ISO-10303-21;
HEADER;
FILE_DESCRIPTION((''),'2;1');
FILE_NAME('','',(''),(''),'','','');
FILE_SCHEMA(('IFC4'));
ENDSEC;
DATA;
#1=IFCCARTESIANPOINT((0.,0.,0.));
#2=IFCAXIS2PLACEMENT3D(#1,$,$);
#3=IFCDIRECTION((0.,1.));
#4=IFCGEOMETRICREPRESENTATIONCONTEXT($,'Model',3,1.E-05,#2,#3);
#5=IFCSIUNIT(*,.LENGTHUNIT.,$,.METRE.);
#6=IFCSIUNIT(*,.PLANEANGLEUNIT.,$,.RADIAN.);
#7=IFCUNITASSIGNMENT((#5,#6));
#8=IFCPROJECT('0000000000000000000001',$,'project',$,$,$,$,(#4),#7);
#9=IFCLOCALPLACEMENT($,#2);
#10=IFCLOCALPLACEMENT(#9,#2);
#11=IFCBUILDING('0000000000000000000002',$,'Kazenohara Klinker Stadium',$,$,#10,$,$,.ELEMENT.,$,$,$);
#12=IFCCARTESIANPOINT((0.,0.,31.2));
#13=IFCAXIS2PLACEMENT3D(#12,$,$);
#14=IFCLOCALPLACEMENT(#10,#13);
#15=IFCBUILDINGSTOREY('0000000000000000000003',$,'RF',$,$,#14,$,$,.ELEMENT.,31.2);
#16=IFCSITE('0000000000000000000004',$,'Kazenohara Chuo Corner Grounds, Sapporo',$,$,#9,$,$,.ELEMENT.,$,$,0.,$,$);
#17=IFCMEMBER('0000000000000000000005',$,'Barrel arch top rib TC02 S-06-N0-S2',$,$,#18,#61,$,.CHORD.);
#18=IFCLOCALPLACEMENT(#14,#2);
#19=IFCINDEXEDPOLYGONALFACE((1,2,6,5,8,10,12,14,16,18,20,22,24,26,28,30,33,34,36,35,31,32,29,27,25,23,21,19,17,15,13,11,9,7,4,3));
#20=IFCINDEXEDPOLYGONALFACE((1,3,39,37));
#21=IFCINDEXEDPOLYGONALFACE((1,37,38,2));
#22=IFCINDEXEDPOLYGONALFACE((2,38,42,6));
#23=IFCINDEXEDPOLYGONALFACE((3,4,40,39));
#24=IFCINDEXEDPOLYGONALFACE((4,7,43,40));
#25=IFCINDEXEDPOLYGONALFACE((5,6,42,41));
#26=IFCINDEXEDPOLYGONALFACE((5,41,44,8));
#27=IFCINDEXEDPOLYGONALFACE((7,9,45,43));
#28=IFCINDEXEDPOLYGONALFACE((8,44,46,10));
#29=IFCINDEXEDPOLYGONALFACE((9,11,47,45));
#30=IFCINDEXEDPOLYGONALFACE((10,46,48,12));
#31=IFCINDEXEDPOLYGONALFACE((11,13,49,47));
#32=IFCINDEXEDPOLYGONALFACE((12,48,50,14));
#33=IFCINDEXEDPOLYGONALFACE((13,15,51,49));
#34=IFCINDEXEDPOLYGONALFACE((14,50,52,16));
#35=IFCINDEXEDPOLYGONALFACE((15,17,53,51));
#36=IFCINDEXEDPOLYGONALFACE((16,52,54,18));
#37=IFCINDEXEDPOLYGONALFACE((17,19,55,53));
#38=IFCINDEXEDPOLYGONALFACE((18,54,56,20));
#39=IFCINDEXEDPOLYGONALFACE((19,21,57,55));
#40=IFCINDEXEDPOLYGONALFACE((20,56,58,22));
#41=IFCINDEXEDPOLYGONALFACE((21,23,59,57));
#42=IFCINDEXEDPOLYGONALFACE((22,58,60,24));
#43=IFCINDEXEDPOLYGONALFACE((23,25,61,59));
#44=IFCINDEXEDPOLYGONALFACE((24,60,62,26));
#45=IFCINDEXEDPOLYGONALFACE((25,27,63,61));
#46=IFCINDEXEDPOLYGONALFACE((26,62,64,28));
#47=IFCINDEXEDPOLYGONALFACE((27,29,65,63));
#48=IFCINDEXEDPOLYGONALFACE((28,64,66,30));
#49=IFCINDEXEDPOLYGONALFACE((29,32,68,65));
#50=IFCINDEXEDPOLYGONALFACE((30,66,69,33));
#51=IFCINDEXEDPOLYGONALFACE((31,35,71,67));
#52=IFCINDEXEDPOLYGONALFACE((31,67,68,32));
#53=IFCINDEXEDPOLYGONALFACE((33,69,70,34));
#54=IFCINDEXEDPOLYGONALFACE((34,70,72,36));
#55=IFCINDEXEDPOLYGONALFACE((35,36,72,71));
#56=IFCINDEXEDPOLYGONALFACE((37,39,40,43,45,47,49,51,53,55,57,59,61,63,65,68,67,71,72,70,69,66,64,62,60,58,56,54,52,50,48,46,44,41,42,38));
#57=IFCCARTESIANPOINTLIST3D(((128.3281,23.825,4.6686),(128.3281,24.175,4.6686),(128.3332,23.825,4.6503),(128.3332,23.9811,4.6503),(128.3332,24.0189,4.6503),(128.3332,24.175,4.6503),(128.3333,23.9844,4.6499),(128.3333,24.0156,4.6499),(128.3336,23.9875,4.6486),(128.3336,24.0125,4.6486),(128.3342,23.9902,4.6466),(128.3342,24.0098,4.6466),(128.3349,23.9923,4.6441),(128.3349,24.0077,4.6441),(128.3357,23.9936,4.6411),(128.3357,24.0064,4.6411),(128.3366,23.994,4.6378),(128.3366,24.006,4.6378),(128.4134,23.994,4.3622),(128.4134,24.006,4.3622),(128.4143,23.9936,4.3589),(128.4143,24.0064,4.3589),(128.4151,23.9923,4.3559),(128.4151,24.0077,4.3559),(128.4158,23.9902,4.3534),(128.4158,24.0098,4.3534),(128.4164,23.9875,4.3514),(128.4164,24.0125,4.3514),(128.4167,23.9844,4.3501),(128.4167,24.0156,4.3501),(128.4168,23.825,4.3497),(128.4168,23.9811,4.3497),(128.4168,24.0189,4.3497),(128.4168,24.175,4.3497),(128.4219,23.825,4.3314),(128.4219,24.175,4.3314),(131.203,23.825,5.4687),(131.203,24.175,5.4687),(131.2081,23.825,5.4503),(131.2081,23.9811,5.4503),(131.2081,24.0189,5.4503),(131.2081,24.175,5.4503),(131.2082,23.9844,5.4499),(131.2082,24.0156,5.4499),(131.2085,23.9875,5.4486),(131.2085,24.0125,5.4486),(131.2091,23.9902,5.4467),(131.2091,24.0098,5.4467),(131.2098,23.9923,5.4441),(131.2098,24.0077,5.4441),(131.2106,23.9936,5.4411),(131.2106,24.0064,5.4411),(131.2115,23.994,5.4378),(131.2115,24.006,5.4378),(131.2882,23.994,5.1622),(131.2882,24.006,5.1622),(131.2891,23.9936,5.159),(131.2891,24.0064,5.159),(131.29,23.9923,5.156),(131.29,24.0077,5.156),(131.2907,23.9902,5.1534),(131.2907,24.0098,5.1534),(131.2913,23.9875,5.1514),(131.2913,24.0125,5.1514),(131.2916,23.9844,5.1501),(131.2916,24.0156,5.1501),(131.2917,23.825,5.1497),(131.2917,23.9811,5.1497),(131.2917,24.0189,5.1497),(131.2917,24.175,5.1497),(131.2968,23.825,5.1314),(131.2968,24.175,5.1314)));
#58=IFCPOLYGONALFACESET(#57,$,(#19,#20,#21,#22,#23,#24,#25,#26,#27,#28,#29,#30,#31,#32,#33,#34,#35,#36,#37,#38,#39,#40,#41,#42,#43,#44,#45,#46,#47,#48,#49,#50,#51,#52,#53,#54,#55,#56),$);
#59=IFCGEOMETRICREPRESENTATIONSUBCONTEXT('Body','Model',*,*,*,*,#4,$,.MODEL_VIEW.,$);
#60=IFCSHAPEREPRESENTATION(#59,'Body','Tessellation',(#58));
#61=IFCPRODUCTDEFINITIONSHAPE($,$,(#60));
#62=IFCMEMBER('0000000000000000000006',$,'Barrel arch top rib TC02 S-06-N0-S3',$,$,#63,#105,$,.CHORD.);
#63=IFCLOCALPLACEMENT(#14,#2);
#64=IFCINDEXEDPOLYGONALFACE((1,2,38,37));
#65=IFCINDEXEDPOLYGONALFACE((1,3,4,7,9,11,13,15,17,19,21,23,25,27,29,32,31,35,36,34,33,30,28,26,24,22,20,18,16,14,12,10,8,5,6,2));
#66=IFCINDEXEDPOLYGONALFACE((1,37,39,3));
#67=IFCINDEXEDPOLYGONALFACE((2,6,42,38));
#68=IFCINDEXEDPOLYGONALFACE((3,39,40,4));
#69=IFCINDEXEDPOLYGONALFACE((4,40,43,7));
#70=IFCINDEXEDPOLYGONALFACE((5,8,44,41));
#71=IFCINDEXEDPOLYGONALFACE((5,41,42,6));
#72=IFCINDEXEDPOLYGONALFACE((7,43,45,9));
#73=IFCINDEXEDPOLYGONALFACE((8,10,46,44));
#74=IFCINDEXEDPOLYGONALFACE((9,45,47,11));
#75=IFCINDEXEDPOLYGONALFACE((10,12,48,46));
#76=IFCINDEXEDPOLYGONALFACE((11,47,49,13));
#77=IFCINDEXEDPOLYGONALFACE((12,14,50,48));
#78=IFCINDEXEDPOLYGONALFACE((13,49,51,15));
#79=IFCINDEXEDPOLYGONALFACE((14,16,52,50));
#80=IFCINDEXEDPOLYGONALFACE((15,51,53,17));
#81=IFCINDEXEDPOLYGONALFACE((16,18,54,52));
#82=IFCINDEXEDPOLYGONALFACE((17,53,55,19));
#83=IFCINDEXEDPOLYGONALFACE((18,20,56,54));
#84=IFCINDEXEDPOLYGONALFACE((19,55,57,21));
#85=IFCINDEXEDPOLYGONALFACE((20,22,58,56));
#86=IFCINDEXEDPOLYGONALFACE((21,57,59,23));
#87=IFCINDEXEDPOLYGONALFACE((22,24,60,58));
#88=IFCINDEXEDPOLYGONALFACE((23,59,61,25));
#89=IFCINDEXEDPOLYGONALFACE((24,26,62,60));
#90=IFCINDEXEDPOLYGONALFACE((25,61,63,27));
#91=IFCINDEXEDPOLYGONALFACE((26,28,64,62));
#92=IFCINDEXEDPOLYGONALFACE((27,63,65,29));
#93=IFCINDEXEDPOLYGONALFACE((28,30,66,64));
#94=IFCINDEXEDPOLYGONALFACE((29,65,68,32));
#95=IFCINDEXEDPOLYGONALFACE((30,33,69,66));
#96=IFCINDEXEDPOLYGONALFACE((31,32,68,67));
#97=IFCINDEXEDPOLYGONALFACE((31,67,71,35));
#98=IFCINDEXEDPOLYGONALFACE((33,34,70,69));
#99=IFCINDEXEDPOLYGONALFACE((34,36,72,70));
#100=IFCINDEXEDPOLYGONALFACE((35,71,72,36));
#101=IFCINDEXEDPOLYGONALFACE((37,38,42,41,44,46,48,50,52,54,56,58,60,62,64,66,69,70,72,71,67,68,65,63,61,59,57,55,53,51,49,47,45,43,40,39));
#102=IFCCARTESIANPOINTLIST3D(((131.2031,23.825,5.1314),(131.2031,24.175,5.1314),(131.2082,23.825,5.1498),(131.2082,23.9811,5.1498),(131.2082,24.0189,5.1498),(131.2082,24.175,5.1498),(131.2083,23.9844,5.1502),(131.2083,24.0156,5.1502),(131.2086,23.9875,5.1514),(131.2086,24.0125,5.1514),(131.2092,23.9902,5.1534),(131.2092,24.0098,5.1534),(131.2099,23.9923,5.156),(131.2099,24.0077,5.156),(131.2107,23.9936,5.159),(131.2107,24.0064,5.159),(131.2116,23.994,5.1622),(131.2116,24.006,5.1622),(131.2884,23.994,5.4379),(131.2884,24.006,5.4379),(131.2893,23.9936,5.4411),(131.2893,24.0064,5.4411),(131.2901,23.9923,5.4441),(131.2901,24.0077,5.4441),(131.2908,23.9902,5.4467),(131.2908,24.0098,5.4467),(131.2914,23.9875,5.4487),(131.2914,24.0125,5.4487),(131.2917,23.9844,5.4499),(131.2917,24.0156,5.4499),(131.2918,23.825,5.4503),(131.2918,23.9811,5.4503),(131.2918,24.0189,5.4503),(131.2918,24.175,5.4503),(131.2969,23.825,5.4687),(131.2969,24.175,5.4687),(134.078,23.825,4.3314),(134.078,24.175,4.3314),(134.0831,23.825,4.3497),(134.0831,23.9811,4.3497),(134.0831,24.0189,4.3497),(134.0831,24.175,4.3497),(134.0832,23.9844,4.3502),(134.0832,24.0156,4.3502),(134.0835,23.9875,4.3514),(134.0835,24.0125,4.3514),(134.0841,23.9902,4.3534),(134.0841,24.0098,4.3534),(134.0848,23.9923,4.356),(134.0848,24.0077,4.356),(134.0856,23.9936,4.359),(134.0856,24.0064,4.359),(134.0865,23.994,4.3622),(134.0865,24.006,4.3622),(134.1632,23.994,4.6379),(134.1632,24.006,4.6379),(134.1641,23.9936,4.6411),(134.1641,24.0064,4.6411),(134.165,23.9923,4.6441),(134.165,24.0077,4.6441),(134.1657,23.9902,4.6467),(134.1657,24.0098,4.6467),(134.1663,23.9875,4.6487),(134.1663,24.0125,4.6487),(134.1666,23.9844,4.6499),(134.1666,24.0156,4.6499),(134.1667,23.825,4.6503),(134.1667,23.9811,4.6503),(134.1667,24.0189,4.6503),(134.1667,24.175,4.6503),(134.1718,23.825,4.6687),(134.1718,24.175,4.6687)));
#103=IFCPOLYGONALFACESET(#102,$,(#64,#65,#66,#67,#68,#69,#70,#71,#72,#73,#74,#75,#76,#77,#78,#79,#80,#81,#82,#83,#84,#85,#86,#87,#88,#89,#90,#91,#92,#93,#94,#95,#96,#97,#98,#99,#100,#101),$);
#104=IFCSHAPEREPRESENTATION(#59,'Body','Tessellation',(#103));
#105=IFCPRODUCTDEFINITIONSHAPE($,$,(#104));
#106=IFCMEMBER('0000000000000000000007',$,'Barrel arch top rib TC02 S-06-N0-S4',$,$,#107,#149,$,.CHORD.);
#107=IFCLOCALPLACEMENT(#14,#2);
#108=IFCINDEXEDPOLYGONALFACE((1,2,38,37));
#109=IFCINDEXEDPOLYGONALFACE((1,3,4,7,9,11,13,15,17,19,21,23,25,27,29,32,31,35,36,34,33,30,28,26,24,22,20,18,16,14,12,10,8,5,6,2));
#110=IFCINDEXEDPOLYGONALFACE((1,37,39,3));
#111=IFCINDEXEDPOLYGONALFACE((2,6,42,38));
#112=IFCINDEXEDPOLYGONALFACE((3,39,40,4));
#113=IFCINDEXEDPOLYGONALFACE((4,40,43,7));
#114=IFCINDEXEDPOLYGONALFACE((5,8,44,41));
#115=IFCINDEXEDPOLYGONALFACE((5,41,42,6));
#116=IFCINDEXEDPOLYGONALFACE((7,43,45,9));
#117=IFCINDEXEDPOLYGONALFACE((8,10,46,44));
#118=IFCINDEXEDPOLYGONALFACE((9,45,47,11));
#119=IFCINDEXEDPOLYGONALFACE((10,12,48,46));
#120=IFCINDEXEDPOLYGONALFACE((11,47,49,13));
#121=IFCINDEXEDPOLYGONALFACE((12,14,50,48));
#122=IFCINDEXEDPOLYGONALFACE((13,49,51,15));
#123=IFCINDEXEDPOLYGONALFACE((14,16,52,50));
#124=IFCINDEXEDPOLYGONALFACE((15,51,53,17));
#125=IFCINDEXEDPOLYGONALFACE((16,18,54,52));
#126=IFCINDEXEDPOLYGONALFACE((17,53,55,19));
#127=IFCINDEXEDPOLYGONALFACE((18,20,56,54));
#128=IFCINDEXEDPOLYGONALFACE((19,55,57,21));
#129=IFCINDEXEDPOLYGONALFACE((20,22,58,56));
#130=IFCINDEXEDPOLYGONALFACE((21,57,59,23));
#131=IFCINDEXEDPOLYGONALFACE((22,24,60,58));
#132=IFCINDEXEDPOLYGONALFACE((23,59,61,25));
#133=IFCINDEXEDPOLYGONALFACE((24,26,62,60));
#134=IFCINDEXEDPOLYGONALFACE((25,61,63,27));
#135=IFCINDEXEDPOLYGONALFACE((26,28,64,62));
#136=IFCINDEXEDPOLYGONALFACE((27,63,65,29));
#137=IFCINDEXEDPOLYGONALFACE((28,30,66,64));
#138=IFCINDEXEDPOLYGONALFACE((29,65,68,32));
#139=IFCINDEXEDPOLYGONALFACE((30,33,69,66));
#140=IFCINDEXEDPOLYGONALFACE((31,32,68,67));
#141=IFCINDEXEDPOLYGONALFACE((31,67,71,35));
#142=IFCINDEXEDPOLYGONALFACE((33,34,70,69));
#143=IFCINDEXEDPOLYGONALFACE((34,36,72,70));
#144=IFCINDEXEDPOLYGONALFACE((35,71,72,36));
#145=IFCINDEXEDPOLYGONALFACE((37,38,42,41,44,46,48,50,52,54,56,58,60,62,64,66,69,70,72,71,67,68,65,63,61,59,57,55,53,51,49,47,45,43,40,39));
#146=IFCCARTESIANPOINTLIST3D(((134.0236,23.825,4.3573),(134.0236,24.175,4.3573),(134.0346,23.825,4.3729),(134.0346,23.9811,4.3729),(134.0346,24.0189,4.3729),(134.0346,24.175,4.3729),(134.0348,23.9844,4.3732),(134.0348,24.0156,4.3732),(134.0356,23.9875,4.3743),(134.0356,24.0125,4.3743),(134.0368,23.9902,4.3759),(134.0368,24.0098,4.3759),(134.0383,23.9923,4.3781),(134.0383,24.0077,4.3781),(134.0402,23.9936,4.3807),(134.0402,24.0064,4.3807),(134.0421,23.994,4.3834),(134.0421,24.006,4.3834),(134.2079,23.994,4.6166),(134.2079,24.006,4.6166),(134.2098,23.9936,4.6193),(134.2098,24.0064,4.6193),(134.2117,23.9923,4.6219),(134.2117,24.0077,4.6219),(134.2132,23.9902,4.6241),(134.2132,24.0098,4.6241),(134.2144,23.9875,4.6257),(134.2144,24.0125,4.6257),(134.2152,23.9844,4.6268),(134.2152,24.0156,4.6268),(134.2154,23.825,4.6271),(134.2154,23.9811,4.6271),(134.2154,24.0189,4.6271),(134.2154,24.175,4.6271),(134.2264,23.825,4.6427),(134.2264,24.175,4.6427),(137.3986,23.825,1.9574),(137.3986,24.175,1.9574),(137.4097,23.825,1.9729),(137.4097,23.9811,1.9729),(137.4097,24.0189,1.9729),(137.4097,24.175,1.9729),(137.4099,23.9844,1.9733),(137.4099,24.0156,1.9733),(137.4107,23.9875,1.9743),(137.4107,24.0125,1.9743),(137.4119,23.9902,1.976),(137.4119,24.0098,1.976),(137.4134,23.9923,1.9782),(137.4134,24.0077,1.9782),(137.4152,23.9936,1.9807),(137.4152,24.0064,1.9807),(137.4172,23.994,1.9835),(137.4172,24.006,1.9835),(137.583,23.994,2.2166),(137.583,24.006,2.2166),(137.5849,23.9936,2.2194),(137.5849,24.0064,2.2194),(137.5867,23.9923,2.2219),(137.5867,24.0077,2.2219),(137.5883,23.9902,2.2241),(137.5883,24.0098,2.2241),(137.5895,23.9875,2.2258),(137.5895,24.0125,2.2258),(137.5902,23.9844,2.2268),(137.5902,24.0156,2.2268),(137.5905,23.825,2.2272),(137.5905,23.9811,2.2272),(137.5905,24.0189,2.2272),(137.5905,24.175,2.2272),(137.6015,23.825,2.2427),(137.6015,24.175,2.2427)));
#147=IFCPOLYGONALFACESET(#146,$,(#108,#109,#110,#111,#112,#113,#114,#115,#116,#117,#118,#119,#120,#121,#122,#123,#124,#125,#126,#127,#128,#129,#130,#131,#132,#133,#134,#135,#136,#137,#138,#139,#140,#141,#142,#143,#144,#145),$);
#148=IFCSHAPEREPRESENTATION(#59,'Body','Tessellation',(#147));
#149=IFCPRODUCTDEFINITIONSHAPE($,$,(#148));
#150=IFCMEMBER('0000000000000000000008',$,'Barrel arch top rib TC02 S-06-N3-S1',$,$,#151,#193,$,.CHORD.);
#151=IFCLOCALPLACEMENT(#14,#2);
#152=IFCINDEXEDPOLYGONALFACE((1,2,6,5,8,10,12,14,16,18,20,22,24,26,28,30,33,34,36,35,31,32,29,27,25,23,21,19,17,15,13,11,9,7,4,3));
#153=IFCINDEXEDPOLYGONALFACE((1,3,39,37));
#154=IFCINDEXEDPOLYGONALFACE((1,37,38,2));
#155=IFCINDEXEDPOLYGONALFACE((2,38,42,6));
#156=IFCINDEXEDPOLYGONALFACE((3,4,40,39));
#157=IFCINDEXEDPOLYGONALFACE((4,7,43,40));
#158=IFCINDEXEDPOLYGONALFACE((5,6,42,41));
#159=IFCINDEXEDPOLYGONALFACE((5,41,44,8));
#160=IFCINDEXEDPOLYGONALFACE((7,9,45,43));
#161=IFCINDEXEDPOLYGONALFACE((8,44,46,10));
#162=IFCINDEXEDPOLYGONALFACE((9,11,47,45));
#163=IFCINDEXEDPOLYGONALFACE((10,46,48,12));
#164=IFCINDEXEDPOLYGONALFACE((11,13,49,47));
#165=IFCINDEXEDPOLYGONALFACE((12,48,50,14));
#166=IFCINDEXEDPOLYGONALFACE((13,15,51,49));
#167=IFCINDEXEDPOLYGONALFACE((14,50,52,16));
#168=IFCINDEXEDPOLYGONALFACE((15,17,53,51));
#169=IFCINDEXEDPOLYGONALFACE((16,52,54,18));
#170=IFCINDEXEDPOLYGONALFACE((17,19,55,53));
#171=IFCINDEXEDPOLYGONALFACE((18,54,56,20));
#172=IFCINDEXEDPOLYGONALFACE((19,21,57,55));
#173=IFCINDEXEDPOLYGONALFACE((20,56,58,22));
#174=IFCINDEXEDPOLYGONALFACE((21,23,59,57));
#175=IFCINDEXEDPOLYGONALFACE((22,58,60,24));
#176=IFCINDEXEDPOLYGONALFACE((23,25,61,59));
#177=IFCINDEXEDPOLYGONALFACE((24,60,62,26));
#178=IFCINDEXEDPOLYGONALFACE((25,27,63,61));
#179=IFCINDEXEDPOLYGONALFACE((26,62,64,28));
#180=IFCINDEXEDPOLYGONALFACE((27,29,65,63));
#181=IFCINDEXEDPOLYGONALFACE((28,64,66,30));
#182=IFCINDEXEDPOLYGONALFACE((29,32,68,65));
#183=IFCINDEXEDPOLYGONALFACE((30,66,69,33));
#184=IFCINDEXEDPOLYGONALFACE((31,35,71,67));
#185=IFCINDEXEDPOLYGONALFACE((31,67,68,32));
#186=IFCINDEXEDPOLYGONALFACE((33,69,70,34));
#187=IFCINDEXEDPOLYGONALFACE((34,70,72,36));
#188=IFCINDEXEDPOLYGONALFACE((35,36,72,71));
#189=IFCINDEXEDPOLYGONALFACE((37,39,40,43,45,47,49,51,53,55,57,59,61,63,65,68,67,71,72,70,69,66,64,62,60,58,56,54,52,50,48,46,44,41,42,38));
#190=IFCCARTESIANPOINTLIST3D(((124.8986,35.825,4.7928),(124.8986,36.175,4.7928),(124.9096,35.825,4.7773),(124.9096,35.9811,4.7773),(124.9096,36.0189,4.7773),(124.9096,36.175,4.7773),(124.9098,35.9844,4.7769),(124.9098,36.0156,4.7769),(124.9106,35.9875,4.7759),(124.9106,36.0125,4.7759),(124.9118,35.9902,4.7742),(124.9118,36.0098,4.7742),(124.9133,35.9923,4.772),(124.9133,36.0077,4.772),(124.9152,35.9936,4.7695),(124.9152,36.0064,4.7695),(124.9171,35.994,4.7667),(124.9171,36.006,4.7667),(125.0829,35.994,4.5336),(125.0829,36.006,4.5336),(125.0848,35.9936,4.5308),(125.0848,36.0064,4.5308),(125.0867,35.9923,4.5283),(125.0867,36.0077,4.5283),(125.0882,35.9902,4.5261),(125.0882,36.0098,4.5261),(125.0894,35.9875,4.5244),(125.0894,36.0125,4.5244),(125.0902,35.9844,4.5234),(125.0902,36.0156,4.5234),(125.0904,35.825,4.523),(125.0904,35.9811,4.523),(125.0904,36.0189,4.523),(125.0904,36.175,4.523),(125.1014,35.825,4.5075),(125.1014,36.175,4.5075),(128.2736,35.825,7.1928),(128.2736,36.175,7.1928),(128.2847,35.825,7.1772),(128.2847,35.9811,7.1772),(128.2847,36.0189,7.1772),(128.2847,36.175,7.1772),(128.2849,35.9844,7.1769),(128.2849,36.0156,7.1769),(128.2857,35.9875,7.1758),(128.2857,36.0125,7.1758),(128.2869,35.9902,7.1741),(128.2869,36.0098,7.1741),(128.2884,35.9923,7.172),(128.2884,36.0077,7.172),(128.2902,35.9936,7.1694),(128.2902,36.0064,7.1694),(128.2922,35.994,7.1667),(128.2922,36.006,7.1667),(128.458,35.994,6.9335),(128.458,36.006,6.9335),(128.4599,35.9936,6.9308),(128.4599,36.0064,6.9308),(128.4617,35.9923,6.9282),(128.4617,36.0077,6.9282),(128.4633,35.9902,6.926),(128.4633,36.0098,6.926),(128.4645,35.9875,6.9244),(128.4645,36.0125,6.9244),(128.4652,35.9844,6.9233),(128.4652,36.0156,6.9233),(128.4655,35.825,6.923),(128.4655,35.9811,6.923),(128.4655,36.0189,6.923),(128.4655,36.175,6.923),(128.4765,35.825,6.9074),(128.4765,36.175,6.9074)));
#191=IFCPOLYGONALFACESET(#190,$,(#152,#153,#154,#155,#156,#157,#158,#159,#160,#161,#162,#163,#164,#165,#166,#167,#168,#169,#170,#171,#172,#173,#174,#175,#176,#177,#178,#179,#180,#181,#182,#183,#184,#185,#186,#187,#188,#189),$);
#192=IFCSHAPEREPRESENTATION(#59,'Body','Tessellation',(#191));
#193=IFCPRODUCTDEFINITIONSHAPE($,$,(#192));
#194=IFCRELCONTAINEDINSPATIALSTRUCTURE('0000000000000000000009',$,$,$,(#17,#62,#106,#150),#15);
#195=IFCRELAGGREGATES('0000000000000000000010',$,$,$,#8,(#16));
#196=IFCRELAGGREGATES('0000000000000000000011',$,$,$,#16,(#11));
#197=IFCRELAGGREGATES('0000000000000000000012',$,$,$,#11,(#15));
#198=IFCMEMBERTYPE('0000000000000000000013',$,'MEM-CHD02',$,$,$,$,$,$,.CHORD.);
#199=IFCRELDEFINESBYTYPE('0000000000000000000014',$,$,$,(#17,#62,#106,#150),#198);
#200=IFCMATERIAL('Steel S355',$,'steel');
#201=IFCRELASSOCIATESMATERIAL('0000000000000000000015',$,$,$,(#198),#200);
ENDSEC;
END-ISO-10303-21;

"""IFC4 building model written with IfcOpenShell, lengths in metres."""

from ifc_helpers import new_model, si_unit, direction, frame, origin, origin_2d, place, context, subcontext, project, spatial, i_section, extrude, material, material_profile, profile_set, type_object, element, save


model = new_model("IFC4")

# Units and contexts
model_context = context("Model", 3, precision=1e-05, world=origin(), true_north=direction((0.0, 1.0)))
body_context = subcontext(model_context, "Body", "Model", "MODEL_VIEW")
ifc_project = project(units=[si_unit("LENGTHUNIT", "METRE"), si_unit("PLANEANGLEUNIT", "RADIAN")], contexts=[model_context])

# Site, building, storey
site_placement = place(None, origin())
site = spatial("IfcSite", under=ifc_project, at=site_placement, Name="Kazenohara Chuo Corner Grounds, Sapporo", CompositionType="ELEMENT", RefElevation=0.0)
building_placement = place(site_placement, origin())
building = spatial("IfcBuilding", under=site, at=building_placement, Name="Kazenohara Klinker Stadium", CompositionType="ELEMENT")
storey_placement = place(building_placement, frame((0.0, 0.0, 31.2)))
storey = spatial("IfcBuildingStorey", under=building, at=storey_placement, Name="RF", CompositionType="ELEMENT", Elevation=31.2)

# Members
ifc_material_1 = material(Name="Steel S355", Category="steel")
ifc_material_profile_1 = material_profile(ifc_material_1, i_section(OverallWidth=0.3501, OverallDepth=0.3501, WebThickness=0.012, FlangeThickness=0.019, FilletRadius=0.0129, at=origin_2d()), Name="H-350x350x12x19")
ifc_profile_set_1 = profile_set([ifc_material_profile_1], Name="Steel S355")
member_type_1 = type_object("IfcMemberType", Name="MEM-CHD02", PredefinedType="CHORD", material=ifc_profile_set_1)
for number, where, z_axis, x_axis, name in (
    (1, (128.375, 24.0, 4.5), (0.963394, 0.0, 0.268091), (0.0, 1.0, 0.0), "Barrel arch top rib TC02 S-06-N0-S2"),
    (2, (131.25, 24.0, 5.3), (0.963394, 0.0, -0.268091), (0.0, 1.0, 0.0), "Barrel arch top rib TC02 S-06-N0-S3"),
):
    element("IfcMember", number, at=place(storey_placement, frame(where, z_axis=z_axis, x_axis=x_axis)), inside=storey, type_object=member_type_1, Name=name, PredefinedType="CHORD", context=body_context, shape_type="SweptSolid", body=[
        extrude(i_section(OverallWidth=0.3501, OverallDepth=0.3501, WebThickness=0.012, FlangeThickness=0.019, FilletRadius=0.0129, at=origin_2d()), origin(), (0.0, 0.0, 1.0), 2.9841),
    ])
for number, where, z_axis, x_axis, name in (
    (3, (134.125, 24.0, 4.5), (0.814966, 0.0, -0.579508), (0.0, 1.0, 0.0), "Barrel arch top rib TC02 S-06-N0-S4"),
    (4, (125.0, 36.0, 4.6501), (0.814966, 0.0, 0.579508), (0.0, 1.0, 0.0), "Barrel arch top rib TC02 S-06-N3-S1"),
):
    element("IfcMember", number, at=place(storey_placement, frame(where, z_axis=z_axis, x_axis=x_axis)), inside=storey, type_object=member_type_1, Name=name, PredefinedType="CHORD", context=body_context, shape_type="SweptSolid", body=[
        extrude(i_section(OverallWidth=0.3501, OverallDepth=0.3501, WebThickness=0.012, FlangeThickness=0.019, FilletRadius=0.0129, at=origin_2d()), origin(), (0.0, 0.0, 1.0), 4.1414),
    ])

save(model, "model.ifc")
